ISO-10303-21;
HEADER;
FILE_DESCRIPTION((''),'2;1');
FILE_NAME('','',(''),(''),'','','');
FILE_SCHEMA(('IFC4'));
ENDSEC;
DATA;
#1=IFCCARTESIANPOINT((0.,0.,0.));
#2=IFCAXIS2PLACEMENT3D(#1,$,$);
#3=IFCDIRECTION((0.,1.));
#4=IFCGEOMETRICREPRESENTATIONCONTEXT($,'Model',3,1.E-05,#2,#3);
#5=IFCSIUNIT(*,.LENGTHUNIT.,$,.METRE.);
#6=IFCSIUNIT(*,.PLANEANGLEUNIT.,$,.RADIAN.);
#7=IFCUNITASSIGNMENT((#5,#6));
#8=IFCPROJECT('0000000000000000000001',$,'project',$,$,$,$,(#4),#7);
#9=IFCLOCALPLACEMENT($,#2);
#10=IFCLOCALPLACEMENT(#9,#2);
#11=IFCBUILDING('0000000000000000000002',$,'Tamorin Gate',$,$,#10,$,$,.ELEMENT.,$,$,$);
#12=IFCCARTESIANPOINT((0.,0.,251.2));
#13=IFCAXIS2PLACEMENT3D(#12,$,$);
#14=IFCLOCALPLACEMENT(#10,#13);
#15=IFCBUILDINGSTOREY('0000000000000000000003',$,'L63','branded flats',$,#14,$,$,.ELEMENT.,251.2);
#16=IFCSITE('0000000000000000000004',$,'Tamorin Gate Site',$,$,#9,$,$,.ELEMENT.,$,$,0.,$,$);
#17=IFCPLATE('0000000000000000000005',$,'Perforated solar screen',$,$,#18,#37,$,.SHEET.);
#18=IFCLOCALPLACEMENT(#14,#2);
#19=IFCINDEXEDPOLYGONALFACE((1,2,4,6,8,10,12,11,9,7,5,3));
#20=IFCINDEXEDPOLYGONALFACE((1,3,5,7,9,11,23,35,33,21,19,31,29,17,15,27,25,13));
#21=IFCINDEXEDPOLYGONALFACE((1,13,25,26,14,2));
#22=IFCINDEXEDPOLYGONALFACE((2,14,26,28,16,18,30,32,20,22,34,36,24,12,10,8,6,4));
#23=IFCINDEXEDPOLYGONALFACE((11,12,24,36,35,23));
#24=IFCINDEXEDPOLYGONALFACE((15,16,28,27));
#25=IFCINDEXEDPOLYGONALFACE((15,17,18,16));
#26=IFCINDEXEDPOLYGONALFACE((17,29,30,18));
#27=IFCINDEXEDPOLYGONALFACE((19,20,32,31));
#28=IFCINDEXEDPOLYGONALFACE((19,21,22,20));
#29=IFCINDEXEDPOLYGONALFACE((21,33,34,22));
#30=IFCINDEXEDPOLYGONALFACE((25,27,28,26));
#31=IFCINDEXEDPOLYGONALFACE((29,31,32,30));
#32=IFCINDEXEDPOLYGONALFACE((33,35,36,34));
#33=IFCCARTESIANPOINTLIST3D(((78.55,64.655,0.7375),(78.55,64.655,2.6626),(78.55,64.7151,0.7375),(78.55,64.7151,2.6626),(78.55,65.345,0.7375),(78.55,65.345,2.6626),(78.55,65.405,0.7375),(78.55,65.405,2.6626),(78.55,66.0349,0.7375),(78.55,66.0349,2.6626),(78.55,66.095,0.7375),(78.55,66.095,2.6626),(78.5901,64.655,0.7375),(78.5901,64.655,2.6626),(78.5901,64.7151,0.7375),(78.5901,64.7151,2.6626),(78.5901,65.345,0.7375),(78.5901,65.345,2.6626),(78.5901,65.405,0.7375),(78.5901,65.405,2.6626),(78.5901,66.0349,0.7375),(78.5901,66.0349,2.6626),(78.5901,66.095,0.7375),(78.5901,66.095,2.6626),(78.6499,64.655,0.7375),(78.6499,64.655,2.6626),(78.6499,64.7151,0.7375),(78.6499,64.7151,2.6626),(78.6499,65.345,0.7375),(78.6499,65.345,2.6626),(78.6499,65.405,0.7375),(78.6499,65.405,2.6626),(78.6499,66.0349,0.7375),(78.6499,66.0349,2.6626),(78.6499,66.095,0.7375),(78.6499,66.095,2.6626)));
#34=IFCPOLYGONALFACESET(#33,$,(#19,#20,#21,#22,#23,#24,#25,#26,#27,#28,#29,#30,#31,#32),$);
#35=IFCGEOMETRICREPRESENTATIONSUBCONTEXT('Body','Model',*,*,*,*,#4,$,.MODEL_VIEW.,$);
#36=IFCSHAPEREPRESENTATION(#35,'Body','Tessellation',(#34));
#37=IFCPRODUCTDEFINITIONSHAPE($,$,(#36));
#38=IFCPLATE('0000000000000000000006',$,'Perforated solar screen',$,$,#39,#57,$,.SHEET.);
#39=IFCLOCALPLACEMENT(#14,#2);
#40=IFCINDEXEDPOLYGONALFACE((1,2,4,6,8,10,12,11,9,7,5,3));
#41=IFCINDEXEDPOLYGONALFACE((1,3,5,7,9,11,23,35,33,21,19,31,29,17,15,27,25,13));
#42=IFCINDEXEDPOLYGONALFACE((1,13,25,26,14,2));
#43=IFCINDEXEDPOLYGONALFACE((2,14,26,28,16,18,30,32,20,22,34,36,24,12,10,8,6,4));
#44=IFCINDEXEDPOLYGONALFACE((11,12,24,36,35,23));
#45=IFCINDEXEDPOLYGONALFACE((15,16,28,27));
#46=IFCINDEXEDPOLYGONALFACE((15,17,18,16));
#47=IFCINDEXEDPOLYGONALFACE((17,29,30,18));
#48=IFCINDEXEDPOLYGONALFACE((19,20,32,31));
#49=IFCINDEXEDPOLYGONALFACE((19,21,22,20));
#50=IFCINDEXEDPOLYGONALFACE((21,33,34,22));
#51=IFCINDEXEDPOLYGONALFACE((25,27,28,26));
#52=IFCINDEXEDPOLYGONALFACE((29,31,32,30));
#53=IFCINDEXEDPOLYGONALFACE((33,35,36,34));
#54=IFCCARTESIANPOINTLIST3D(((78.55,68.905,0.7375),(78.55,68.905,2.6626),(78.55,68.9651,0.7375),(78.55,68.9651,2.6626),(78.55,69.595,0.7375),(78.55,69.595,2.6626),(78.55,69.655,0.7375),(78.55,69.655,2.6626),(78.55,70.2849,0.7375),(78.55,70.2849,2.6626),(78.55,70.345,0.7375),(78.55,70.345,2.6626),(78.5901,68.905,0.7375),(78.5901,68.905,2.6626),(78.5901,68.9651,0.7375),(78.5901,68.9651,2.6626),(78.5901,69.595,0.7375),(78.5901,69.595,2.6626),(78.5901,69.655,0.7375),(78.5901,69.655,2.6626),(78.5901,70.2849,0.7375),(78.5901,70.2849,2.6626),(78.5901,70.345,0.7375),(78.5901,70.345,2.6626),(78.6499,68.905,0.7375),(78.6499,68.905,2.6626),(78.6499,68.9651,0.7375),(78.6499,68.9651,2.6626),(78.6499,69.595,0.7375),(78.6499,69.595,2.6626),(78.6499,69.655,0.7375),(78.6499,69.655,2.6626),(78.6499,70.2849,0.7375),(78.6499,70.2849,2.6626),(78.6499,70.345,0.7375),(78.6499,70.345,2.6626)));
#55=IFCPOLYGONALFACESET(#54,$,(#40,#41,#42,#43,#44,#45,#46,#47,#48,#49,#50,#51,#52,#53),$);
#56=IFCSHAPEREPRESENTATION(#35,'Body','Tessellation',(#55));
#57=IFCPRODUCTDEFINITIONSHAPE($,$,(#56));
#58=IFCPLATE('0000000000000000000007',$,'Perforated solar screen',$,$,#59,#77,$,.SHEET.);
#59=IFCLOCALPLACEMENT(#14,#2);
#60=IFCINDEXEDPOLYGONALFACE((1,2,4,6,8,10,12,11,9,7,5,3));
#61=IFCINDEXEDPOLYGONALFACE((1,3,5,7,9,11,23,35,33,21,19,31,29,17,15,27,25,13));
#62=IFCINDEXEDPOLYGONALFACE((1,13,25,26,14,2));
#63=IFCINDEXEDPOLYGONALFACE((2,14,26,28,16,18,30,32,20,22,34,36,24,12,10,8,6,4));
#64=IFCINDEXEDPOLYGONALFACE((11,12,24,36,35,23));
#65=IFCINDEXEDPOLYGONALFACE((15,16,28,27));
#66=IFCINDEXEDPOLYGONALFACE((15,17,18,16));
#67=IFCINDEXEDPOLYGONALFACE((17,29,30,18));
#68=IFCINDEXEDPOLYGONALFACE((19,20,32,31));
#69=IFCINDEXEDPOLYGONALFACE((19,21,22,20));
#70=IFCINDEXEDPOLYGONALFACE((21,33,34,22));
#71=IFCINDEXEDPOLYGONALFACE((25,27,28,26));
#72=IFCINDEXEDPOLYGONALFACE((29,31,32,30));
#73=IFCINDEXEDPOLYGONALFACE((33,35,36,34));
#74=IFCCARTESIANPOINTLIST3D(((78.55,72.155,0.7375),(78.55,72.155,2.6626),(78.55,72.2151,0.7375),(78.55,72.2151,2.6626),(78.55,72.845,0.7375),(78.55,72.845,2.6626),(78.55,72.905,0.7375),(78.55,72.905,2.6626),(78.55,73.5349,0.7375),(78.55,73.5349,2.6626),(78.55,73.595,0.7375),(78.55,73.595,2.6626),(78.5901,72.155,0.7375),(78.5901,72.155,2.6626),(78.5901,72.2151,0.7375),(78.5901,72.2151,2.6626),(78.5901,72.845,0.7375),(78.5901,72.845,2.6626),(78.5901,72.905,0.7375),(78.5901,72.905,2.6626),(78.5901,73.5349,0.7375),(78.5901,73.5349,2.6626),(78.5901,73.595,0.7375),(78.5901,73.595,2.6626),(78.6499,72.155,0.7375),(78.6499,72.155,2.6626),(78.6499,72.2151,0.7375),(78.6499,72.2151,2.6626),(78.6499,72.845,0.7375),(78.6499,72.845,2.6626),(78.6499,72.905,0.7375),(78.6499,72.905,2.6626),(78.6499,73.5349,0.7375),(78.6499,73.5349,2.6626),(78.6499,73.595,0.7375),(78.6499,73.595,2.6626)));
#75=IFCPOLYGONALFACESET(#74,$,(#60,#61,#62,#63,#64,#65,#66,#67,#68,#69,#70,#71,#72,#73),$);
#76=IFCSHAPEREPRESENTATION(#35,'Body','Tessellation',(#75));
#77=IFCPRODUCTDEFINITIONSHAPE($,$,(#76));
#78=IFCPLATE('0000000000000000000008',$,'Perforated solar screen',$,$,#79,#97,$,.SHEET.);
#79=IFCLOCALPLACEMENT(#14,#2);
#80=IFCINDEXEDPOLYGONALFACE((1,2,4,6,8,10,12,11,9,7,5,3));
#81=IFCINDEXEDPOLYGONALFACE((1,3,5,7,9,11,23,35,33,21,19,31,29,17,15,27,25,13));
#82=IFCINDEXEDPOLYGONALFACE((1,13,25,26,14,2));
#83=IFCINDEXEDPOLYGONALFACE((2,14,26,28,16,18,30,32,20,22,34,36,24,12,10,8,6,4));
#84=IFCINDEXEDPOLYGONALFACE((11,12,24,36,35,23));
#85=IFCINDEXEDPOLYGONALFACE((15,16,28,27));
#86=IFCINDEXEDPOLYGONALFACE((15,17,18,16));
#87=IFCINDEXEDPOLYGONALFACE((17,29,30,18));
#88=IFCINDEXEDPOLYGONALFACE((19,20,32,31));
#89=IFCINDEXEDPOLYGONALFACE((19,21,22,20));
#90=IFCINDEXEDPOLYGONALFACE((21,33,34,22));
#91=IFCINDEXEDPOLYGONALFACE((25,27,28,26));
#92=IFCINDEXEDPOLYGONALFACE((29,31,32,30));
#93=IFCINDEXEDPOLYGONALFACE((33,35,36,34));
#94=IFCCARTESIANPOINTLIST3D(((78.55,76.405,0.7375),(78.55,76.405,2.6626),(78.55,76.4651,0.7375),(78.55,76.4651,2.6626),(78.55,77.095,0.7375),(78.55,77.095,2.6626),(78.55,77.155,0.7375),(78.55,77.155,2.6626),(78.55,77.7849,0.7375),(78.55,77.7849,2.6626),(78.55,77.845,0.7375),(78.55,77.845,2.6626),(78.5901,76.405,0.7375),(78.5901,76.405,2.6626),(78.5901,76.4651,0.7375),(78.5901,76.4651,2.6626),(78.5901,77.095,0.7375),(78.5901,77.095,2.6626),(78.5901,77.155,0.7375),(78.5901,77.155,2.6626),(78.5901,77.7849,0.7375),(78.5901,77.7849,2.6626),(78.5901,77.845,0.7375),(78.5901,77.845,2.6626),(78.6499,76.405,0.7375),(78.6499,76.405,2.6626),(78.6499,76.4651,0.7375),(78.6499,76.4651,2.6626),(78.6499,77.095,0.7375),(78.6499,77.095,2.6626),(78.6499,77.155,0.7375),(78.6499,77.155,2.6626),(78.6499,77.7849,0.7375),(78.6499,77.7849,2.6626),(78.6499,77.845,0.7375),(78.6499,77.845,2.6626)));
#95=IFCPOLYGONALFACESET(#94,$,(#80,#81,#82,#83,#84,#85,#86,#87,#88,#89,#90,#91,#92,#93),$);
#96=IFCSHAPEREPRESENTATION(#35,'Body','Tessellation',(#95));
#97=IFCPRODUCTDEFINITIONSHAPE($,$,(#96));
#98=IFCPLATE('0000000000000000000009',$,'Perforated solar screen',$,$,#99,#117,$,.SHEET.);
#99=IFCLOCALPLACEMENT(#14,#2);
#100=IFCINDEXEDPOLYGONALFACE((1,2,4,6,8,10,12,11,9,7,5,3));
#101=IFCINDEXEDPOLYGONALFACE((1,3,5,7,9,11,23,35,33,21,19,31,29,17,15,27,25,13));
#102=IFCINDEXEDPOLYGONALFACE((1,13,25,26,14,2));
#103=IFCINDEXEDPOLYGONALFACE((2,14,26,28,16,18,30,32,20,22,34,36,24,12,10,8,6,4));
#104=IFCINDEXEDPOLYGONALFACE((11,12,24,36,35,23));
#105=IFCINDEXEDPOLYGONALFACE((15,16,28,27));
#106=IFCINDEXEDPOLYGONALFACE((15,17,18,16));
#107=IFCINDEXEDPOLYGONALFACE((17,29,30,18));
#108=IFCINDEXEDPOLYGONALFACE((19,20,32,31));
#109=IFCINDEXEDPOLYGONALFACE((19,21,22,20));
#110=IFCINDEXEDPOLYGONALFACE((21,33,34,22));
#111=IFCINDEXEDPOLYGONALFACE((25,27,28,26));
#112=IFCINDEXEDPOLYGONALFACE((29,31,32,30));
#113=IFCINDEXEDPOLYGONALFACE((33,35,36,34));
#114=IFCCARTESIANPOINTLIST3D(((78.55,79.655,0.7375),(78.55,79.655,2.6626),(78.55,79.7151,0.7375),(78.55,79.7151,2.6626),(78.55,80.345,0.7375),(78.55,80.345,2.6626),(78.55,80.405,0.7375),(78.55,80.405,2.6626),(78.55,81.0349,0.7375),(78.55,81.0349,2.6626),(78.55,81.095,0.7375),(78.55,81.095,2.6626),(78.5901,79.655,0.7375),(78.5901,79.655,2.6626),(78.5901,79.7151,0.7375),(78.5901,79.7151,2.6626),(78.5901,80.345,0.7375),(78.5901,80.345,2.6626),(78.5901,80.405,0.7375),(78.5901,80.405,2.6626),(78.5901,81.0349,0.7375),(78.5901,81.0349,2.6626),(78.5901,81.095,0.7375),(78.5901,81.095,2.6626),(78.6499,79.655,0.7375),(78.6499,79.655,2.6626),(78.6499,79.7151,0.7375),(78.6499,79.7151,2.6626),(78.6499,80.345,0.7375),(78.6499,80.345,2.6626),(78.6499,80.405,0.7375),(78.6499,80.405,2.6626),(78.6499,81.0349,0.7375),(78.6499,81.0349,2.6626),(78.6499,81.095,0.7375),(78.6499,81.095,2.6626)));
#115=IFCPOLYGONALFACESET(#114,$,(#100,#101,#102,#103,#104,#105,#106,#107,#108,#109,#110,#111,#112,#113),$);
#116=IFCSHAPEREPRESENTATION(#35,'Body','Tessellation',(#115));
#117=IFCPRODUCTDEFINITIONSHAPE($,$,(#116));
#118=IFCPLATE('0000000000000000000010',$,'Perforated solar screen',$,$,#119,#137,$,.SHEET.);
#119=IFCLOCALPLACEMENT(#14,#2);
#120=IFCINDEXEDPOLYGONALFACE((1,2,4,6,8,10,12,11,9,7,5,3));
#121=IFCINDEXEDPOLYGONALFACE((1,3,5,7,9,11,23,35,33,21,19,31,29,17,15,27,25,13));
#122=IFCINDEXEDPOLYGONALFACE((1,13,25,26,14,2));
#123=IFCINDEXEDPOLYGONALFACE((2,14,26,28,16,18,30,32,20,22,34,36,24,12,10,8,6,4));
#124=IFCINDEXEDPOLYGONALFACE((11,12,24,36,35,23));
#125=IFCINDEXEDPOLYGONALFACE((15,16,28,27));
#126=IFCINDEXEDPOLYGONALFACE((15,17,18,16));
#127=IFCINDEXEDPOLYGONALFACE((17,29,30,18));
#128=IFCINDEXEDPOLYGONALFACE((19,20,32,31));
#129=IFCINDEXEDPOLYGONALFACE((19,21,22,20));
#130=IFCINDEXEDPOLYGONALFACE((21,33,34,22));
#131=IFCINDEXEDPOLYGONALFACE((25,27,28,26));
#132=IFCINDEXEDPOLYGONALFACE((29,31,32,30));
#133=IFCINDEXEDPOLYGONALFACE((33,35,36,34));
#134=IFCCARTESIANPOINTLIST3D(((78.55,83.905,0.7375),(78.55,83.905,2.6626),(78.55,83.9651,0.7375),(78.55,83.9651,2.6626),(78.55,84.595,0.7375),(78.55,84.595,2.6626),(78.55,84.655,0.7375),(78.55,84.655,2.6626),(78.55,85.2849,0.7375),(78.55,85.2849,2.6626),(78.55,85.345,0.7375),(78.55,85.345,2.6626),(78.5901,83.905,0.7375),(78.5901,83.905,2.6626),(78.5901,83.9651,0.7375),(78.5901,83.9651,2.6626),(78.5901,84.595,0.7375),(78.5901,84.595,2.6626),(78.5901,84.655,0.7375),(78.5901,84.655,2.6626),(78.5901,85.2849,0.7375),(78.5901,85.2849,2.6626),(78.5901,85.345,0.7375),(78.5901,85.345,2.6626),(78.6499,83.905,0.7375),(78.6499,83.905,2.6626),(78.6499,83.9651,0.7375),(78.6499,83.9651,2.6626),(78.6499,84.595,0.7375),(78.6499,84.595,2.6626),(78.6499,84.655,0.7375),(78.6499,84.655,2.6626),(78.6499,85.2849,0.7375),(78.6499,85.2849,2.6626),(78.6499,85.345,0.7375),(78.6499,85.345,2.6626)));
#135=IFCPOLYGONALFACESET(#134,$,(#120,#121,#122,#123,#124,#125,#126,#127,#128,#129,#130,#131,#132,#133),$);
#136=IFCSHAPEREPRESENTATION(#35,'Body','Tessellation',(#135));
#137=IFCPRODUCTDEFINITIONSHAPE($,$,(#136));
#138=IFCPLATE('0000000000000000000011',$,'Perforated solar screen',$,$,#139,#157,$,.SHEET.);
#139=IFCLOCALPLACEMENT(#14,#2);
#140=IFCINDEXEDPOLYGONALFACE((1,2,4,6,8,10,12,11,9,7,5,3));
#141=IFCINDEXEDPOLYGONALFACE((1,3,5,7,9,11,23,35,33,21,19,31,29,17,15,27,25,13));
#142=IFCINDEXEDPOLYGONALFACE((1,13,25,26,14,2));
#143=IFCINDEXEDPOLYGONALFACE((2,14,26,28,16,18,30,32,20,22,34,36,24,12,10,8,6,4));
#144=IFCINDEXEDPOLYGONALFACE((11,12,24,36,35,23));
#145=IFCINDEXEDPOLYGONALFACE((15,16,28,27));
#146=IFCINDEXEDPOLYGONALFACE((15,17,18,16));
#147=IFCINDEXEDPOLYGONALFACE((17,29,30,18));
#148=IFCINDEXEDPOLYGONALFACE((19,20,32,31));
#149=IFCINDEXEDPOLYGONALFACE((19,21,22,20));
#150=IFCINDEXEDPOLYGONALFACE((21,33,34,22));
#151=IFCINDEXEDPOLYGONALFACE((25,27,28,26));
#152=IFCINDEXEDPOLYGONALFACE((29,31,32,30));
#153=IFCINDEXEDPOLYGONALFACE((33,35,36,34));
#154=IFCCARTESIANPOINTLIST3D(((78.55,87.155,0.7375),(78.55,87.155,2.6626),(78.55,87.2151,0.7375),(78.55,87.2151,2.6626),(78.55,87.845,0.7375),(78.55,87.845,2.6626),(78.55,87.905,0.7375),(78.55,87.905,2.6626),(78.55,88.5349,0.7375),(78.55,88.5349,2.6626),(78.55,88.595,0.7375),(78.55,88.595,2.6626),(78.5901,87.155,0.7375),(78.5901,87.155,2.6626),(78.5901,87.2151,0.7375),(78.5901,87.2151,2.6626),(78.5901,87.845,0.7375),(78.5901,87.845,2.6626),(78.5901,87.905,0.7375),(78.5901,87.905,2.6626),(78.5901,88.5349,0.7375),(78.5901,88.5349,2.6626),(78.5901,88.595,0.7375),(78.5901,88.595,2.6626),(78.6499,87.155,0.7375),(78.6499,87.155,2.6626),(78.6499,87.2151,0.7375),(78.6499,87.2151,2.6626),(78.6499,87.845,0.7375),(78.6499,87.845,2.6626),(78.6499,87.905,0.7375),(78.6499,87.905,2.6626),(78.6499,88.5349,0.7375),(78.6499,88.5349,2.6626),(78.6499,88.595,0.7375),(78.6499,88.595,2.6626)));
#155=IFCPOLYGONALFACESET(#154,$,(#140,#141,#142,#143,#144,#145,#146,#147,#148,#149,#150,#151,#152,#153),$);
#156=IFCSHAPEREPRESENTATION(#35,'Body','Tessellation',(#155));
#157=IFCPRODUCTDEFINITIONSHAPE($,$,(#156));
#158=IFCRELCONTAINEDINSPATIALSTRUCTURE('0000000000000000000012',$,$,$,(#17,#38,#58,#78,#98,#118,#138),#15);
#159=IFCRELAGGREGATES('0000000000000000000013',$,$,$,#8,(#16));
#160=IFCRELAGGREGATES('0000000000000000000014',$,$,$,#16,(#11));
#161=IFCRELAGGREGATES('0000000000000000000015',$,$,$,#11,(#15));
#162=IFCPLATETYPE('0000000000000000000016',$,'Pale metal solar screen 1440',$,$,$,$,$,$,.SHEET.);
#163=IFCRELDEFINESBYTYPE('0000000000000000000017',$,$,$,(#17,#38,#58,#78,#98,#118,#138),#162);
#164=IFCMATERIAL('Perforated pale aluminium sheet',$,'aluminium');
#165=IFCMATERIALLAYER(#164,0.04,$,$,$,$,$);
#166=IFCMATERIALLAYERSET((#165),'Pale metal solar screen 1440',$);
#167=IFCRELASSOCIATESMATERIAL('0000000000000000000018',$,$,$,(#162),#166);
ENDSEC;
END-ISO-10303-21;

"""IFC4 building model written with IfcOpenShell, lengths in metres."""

from ifc_helpers import new_model, si_unit, direction, frame, origin, place, context, subcontext, project, spatial, polyline, outline, extrude, material, layer, layer_set, type_object, element, save


model = new_model("IFC4")

# Units and contexts
model_context = context("Model", 3, precision=1e-05, world=origin(), true_north=direction((0.0, 1.0)))
body_context = subcontext(model_context, "Body", "Model", "MODEL_VIEW")
ifc_project = project(units=[si_unit("LENGTHUNIT", "METRE"), si_unit("PLANEANGLEUNIT", "RADIAN")], contexts=[model_context])

# Site, building, storey
site_placement = place(None, origin())
site = spatial("IfcSite", under=ifc_project, at=site_placement, Name="Tamorin Gate Site", CompositionType="ELEMENT", RefElevation=0.0)
building_placement = place(site_placement, origin())
building = spatial("IfcBuilding", under=site, at=building_placement, Name="Tamorin Gate", CompositionType="ELEMENT")
storey_placement = place(building_placement, frame((0.0, 0.0, 251.2)))
storey = spatial("IfcBuildingStorey", under=building, at=storey_placement, Name="L63", Description="branded flats", CompositionType="ELEMENT", Elevation=251.2)

# Plates
ifc_material_1 = material(Name="Perforated pale aluminium sheet", Category="aluminium")
ifc_layer_1 = layer(ifc_material_1, 0.04)
ifc_layer_set_1 = layer_set([ifc_layer_1], Name="Pale metal solar screen 1440")
plate_type = type_object("IfcPlateType", Name="Pale metal solar screen 1440", PredefinedType="SHEET", material=ifc_layer_set_1)
plate_1_placement = place(storey_placement, frame((0.0, 0.0, 0.7375)))
element("IfcPlate", 1, at=plate_1_placement, inside=storey, type_object=plate_type, Name="Perforated solar screen", PredefinedType="SHEET", context=body_context, shape_type="SweptSolid", body=[
    extrude(outline(polyline([(78.5901, 64.655), (78.55, 64.655), (78.55, 64.7151), (78.55, 65.345), (78.55, 65.405), (78.55, 66.0349), (78.55, 66.095), (78.5901, 66.095), (78.6499, 66.095), (78.6499, 66.0349), (78.5901, 66.0349), (78.5901, 65.405), (78.6499, 65.405), (78.6499, 65.345), (78.5901, 65.345), (78.5901, 64.7151), (78.6499, 64.7151), (78.6499, 64.655), (78.5901, 64.655)])), origin(), (0.0, 0.0, 1.0), 1.925),
])
plate_2_placement = place(storey_placement, frame((0.0, 0.0, 0.7375)))
element("IfcPlate", 2, at=plate_2_placement, inside=storey, type_object=plate_type, Name="Perforated solar screen", PredefinedType="SHEET", context=body_context, shape_type="SweptSolid", body=[
    extrude(outline(polyline([(78.5901, 68.905), (78.55, 68.905), (78.55, 68.9651), (78.55, 69.595), (78.55, 69.655), (78.55, 70.2849), (78.55, 70.345), (78.5901, 70.345), (78.6499, 70.345), (78.6499, 70.2849), (78.5901, 70.2849), (78.5901, 69.655), (78.6499, 69.655), (78.6499, 69.595), (78.5901, 69.595), (78.5901, 68.9651), (78.6499, 68.9651), (78.6499, 68.905), (78.5901, 68.905)])), origin(), (0.0, 0.0, 1.0), 1.925),
])
plate_3_placement = place(storey_placement, frame((0.0, 0.0, 0.7375)))
element("IfcPlate", 3, at=plate_3_placement, inside=storey, type_object=plate_type, Name="Perforated solar screen", PredefinedType="SHEET", context=body_context, shape_type="SweptSolid", body=[
    extrude(outline(polyline([(78.5901, 72.155), (78.55, 72.155), (78.55, 72.2151), (78.55, 72.845), (78.55, 72.905), (78.55, 73.5349), (78.55, 73.595), (78.5901, 73.595), (78.6499, 73.595), (78.6499, 73.5349), (78.5901, 73.5349), (78.5901, 72.905), (78.6499, 72.905), (78.6499, 72.845), (78.5901, 72.845), (78.5901, 72.2151), (78.6499, 72.2151), (78.6499, 72.155), (78.5901, 72.155)])), origin(), (0.0, 0.0, 1.0), 1.925),
])
plate_4_placement = place(storey_placement, frame((0.0, 0.0, 0.7375)))
element("IfcPlate", 4, at=plate_4_placement, inside=storey, type_object=plate_type, Name="Perforated solar screen", PredefinedType="SHEET", context=body_context, shape_type="SweptSolid", body=[
    extrude(outline(polyline([(78.5901, 76.405), (78.55, 76.405), (78.55, 76.4651), (78.55, 77.095), (78.55, 77.155), (78.55, 77.7849), (78.55, 77.845), (78.5901, 77.845), (78.6499, 77.845), (78.6499, 77.7849), (78.5901, 77.7849), (78.5901, 77.155), (78.6499, 77.155), (78.6499, 77.095), (78.5901, 77.095), (78.5901, 76.4651), (78.6499, 76.4651), (78.6499, 76.405), (78.5901, 76.405)])), origin(), (0.0, 0.0, 1.0), 1.925),
])
plate_5_placement = place(storey_placement, frame((0.0, 0.0, 0.7375)))
element("IfcPlate", 5, at=plate_5_placement, inside=storey, type_object=plate_type, Name="Perforated solar screen", PredefinedType="SHEET", context=body_context, shape_type="SweptSolid", body=[
    extrude(outline(polyline([(78.5901, 79.655), (78.55, 79.655), (78.55, 79.7151), (78.55, 80.345), (78.55, 80.405), (78.55, 81.0349), (78.55, 81.095), (78.5901, 81.095), (78.6499, 81.095), (78.6499, 81.0349), (78.5901, 81.0349), (78.5901, 80.405), (78.6499, 80.405), (78.6499, 80.345), (78.5901, 80.345), (78.5901, 79.7151), (78.6499, 79.7151), (78.6499, 79.655), (78.5901, 79.655)])), origin(), (0.0, 0.0, 1.0), 1.925),
])
plate_6_placement = place(storey_placement, frame((0.0, 0.0, 0.7375)))
element("IfcPlate", 6, at=plate_6_placement, inside=storey, type_object=plate_type, Name="Perforated solar screen", PredefinedType="SHEET", context=body_context, shape_type="SweptSolid", body=[
    extrude(outline(polyline([(78.5901, 83.905), (78.55, 83.905), (78.55, 83.9651), (78.55, 84.595), (78.55, 84.655), (78.55, 85.2849), (78.55, 85.345), (78.5901, 85.345), (78.6499, 85.345), (78.6499, 85.2849), (78.5901, 85.2849), (78.5901, 84.655), (78.6499, 84.655), (78.6499, 84.595), (78.5901, 84.595), (78.5901, 83.9651), (78.6499, 83.9651), (78.6499, 83.905), (78.5901, 83.905)])), origin(), (0.0, 0.0, 1.0), 1.925),
])
plate_7_placement = place(storey_placement, frame((0.0, 0.0, 0.7375)))
element("IfcPlate", 7, at=plate_7_placement, inside=storey, type_object=plate_type, Name="Perforated solar screen", PredefinedType="SHEET", context=body_context, shape_type="SweptSolid", body=[
    extrude(outline(polyline([(78.5901, 87.155), (78.55, 87.155), (78.55, 87.2151), (78.55, 87.845), (78.55, 87.905), (78.55, 88.5349), (78.55, 88.595), (78.5901, 88.595), (78.6499, 88.595), (78.6499, 88.5349), (78.5901, 88.5349), (78.5901, 87.905), (78.6499, 87.905), (78.6499, 87.845), (78.5901, 87.845), (78.5901, 87.2151), (78.6499, 87.2151), (78.6499, 87.155), (78.5901, 87.155)])), origin(), (0.0, 0.0, 1.0), 1.925),
])

save(model, "model.ifc")
